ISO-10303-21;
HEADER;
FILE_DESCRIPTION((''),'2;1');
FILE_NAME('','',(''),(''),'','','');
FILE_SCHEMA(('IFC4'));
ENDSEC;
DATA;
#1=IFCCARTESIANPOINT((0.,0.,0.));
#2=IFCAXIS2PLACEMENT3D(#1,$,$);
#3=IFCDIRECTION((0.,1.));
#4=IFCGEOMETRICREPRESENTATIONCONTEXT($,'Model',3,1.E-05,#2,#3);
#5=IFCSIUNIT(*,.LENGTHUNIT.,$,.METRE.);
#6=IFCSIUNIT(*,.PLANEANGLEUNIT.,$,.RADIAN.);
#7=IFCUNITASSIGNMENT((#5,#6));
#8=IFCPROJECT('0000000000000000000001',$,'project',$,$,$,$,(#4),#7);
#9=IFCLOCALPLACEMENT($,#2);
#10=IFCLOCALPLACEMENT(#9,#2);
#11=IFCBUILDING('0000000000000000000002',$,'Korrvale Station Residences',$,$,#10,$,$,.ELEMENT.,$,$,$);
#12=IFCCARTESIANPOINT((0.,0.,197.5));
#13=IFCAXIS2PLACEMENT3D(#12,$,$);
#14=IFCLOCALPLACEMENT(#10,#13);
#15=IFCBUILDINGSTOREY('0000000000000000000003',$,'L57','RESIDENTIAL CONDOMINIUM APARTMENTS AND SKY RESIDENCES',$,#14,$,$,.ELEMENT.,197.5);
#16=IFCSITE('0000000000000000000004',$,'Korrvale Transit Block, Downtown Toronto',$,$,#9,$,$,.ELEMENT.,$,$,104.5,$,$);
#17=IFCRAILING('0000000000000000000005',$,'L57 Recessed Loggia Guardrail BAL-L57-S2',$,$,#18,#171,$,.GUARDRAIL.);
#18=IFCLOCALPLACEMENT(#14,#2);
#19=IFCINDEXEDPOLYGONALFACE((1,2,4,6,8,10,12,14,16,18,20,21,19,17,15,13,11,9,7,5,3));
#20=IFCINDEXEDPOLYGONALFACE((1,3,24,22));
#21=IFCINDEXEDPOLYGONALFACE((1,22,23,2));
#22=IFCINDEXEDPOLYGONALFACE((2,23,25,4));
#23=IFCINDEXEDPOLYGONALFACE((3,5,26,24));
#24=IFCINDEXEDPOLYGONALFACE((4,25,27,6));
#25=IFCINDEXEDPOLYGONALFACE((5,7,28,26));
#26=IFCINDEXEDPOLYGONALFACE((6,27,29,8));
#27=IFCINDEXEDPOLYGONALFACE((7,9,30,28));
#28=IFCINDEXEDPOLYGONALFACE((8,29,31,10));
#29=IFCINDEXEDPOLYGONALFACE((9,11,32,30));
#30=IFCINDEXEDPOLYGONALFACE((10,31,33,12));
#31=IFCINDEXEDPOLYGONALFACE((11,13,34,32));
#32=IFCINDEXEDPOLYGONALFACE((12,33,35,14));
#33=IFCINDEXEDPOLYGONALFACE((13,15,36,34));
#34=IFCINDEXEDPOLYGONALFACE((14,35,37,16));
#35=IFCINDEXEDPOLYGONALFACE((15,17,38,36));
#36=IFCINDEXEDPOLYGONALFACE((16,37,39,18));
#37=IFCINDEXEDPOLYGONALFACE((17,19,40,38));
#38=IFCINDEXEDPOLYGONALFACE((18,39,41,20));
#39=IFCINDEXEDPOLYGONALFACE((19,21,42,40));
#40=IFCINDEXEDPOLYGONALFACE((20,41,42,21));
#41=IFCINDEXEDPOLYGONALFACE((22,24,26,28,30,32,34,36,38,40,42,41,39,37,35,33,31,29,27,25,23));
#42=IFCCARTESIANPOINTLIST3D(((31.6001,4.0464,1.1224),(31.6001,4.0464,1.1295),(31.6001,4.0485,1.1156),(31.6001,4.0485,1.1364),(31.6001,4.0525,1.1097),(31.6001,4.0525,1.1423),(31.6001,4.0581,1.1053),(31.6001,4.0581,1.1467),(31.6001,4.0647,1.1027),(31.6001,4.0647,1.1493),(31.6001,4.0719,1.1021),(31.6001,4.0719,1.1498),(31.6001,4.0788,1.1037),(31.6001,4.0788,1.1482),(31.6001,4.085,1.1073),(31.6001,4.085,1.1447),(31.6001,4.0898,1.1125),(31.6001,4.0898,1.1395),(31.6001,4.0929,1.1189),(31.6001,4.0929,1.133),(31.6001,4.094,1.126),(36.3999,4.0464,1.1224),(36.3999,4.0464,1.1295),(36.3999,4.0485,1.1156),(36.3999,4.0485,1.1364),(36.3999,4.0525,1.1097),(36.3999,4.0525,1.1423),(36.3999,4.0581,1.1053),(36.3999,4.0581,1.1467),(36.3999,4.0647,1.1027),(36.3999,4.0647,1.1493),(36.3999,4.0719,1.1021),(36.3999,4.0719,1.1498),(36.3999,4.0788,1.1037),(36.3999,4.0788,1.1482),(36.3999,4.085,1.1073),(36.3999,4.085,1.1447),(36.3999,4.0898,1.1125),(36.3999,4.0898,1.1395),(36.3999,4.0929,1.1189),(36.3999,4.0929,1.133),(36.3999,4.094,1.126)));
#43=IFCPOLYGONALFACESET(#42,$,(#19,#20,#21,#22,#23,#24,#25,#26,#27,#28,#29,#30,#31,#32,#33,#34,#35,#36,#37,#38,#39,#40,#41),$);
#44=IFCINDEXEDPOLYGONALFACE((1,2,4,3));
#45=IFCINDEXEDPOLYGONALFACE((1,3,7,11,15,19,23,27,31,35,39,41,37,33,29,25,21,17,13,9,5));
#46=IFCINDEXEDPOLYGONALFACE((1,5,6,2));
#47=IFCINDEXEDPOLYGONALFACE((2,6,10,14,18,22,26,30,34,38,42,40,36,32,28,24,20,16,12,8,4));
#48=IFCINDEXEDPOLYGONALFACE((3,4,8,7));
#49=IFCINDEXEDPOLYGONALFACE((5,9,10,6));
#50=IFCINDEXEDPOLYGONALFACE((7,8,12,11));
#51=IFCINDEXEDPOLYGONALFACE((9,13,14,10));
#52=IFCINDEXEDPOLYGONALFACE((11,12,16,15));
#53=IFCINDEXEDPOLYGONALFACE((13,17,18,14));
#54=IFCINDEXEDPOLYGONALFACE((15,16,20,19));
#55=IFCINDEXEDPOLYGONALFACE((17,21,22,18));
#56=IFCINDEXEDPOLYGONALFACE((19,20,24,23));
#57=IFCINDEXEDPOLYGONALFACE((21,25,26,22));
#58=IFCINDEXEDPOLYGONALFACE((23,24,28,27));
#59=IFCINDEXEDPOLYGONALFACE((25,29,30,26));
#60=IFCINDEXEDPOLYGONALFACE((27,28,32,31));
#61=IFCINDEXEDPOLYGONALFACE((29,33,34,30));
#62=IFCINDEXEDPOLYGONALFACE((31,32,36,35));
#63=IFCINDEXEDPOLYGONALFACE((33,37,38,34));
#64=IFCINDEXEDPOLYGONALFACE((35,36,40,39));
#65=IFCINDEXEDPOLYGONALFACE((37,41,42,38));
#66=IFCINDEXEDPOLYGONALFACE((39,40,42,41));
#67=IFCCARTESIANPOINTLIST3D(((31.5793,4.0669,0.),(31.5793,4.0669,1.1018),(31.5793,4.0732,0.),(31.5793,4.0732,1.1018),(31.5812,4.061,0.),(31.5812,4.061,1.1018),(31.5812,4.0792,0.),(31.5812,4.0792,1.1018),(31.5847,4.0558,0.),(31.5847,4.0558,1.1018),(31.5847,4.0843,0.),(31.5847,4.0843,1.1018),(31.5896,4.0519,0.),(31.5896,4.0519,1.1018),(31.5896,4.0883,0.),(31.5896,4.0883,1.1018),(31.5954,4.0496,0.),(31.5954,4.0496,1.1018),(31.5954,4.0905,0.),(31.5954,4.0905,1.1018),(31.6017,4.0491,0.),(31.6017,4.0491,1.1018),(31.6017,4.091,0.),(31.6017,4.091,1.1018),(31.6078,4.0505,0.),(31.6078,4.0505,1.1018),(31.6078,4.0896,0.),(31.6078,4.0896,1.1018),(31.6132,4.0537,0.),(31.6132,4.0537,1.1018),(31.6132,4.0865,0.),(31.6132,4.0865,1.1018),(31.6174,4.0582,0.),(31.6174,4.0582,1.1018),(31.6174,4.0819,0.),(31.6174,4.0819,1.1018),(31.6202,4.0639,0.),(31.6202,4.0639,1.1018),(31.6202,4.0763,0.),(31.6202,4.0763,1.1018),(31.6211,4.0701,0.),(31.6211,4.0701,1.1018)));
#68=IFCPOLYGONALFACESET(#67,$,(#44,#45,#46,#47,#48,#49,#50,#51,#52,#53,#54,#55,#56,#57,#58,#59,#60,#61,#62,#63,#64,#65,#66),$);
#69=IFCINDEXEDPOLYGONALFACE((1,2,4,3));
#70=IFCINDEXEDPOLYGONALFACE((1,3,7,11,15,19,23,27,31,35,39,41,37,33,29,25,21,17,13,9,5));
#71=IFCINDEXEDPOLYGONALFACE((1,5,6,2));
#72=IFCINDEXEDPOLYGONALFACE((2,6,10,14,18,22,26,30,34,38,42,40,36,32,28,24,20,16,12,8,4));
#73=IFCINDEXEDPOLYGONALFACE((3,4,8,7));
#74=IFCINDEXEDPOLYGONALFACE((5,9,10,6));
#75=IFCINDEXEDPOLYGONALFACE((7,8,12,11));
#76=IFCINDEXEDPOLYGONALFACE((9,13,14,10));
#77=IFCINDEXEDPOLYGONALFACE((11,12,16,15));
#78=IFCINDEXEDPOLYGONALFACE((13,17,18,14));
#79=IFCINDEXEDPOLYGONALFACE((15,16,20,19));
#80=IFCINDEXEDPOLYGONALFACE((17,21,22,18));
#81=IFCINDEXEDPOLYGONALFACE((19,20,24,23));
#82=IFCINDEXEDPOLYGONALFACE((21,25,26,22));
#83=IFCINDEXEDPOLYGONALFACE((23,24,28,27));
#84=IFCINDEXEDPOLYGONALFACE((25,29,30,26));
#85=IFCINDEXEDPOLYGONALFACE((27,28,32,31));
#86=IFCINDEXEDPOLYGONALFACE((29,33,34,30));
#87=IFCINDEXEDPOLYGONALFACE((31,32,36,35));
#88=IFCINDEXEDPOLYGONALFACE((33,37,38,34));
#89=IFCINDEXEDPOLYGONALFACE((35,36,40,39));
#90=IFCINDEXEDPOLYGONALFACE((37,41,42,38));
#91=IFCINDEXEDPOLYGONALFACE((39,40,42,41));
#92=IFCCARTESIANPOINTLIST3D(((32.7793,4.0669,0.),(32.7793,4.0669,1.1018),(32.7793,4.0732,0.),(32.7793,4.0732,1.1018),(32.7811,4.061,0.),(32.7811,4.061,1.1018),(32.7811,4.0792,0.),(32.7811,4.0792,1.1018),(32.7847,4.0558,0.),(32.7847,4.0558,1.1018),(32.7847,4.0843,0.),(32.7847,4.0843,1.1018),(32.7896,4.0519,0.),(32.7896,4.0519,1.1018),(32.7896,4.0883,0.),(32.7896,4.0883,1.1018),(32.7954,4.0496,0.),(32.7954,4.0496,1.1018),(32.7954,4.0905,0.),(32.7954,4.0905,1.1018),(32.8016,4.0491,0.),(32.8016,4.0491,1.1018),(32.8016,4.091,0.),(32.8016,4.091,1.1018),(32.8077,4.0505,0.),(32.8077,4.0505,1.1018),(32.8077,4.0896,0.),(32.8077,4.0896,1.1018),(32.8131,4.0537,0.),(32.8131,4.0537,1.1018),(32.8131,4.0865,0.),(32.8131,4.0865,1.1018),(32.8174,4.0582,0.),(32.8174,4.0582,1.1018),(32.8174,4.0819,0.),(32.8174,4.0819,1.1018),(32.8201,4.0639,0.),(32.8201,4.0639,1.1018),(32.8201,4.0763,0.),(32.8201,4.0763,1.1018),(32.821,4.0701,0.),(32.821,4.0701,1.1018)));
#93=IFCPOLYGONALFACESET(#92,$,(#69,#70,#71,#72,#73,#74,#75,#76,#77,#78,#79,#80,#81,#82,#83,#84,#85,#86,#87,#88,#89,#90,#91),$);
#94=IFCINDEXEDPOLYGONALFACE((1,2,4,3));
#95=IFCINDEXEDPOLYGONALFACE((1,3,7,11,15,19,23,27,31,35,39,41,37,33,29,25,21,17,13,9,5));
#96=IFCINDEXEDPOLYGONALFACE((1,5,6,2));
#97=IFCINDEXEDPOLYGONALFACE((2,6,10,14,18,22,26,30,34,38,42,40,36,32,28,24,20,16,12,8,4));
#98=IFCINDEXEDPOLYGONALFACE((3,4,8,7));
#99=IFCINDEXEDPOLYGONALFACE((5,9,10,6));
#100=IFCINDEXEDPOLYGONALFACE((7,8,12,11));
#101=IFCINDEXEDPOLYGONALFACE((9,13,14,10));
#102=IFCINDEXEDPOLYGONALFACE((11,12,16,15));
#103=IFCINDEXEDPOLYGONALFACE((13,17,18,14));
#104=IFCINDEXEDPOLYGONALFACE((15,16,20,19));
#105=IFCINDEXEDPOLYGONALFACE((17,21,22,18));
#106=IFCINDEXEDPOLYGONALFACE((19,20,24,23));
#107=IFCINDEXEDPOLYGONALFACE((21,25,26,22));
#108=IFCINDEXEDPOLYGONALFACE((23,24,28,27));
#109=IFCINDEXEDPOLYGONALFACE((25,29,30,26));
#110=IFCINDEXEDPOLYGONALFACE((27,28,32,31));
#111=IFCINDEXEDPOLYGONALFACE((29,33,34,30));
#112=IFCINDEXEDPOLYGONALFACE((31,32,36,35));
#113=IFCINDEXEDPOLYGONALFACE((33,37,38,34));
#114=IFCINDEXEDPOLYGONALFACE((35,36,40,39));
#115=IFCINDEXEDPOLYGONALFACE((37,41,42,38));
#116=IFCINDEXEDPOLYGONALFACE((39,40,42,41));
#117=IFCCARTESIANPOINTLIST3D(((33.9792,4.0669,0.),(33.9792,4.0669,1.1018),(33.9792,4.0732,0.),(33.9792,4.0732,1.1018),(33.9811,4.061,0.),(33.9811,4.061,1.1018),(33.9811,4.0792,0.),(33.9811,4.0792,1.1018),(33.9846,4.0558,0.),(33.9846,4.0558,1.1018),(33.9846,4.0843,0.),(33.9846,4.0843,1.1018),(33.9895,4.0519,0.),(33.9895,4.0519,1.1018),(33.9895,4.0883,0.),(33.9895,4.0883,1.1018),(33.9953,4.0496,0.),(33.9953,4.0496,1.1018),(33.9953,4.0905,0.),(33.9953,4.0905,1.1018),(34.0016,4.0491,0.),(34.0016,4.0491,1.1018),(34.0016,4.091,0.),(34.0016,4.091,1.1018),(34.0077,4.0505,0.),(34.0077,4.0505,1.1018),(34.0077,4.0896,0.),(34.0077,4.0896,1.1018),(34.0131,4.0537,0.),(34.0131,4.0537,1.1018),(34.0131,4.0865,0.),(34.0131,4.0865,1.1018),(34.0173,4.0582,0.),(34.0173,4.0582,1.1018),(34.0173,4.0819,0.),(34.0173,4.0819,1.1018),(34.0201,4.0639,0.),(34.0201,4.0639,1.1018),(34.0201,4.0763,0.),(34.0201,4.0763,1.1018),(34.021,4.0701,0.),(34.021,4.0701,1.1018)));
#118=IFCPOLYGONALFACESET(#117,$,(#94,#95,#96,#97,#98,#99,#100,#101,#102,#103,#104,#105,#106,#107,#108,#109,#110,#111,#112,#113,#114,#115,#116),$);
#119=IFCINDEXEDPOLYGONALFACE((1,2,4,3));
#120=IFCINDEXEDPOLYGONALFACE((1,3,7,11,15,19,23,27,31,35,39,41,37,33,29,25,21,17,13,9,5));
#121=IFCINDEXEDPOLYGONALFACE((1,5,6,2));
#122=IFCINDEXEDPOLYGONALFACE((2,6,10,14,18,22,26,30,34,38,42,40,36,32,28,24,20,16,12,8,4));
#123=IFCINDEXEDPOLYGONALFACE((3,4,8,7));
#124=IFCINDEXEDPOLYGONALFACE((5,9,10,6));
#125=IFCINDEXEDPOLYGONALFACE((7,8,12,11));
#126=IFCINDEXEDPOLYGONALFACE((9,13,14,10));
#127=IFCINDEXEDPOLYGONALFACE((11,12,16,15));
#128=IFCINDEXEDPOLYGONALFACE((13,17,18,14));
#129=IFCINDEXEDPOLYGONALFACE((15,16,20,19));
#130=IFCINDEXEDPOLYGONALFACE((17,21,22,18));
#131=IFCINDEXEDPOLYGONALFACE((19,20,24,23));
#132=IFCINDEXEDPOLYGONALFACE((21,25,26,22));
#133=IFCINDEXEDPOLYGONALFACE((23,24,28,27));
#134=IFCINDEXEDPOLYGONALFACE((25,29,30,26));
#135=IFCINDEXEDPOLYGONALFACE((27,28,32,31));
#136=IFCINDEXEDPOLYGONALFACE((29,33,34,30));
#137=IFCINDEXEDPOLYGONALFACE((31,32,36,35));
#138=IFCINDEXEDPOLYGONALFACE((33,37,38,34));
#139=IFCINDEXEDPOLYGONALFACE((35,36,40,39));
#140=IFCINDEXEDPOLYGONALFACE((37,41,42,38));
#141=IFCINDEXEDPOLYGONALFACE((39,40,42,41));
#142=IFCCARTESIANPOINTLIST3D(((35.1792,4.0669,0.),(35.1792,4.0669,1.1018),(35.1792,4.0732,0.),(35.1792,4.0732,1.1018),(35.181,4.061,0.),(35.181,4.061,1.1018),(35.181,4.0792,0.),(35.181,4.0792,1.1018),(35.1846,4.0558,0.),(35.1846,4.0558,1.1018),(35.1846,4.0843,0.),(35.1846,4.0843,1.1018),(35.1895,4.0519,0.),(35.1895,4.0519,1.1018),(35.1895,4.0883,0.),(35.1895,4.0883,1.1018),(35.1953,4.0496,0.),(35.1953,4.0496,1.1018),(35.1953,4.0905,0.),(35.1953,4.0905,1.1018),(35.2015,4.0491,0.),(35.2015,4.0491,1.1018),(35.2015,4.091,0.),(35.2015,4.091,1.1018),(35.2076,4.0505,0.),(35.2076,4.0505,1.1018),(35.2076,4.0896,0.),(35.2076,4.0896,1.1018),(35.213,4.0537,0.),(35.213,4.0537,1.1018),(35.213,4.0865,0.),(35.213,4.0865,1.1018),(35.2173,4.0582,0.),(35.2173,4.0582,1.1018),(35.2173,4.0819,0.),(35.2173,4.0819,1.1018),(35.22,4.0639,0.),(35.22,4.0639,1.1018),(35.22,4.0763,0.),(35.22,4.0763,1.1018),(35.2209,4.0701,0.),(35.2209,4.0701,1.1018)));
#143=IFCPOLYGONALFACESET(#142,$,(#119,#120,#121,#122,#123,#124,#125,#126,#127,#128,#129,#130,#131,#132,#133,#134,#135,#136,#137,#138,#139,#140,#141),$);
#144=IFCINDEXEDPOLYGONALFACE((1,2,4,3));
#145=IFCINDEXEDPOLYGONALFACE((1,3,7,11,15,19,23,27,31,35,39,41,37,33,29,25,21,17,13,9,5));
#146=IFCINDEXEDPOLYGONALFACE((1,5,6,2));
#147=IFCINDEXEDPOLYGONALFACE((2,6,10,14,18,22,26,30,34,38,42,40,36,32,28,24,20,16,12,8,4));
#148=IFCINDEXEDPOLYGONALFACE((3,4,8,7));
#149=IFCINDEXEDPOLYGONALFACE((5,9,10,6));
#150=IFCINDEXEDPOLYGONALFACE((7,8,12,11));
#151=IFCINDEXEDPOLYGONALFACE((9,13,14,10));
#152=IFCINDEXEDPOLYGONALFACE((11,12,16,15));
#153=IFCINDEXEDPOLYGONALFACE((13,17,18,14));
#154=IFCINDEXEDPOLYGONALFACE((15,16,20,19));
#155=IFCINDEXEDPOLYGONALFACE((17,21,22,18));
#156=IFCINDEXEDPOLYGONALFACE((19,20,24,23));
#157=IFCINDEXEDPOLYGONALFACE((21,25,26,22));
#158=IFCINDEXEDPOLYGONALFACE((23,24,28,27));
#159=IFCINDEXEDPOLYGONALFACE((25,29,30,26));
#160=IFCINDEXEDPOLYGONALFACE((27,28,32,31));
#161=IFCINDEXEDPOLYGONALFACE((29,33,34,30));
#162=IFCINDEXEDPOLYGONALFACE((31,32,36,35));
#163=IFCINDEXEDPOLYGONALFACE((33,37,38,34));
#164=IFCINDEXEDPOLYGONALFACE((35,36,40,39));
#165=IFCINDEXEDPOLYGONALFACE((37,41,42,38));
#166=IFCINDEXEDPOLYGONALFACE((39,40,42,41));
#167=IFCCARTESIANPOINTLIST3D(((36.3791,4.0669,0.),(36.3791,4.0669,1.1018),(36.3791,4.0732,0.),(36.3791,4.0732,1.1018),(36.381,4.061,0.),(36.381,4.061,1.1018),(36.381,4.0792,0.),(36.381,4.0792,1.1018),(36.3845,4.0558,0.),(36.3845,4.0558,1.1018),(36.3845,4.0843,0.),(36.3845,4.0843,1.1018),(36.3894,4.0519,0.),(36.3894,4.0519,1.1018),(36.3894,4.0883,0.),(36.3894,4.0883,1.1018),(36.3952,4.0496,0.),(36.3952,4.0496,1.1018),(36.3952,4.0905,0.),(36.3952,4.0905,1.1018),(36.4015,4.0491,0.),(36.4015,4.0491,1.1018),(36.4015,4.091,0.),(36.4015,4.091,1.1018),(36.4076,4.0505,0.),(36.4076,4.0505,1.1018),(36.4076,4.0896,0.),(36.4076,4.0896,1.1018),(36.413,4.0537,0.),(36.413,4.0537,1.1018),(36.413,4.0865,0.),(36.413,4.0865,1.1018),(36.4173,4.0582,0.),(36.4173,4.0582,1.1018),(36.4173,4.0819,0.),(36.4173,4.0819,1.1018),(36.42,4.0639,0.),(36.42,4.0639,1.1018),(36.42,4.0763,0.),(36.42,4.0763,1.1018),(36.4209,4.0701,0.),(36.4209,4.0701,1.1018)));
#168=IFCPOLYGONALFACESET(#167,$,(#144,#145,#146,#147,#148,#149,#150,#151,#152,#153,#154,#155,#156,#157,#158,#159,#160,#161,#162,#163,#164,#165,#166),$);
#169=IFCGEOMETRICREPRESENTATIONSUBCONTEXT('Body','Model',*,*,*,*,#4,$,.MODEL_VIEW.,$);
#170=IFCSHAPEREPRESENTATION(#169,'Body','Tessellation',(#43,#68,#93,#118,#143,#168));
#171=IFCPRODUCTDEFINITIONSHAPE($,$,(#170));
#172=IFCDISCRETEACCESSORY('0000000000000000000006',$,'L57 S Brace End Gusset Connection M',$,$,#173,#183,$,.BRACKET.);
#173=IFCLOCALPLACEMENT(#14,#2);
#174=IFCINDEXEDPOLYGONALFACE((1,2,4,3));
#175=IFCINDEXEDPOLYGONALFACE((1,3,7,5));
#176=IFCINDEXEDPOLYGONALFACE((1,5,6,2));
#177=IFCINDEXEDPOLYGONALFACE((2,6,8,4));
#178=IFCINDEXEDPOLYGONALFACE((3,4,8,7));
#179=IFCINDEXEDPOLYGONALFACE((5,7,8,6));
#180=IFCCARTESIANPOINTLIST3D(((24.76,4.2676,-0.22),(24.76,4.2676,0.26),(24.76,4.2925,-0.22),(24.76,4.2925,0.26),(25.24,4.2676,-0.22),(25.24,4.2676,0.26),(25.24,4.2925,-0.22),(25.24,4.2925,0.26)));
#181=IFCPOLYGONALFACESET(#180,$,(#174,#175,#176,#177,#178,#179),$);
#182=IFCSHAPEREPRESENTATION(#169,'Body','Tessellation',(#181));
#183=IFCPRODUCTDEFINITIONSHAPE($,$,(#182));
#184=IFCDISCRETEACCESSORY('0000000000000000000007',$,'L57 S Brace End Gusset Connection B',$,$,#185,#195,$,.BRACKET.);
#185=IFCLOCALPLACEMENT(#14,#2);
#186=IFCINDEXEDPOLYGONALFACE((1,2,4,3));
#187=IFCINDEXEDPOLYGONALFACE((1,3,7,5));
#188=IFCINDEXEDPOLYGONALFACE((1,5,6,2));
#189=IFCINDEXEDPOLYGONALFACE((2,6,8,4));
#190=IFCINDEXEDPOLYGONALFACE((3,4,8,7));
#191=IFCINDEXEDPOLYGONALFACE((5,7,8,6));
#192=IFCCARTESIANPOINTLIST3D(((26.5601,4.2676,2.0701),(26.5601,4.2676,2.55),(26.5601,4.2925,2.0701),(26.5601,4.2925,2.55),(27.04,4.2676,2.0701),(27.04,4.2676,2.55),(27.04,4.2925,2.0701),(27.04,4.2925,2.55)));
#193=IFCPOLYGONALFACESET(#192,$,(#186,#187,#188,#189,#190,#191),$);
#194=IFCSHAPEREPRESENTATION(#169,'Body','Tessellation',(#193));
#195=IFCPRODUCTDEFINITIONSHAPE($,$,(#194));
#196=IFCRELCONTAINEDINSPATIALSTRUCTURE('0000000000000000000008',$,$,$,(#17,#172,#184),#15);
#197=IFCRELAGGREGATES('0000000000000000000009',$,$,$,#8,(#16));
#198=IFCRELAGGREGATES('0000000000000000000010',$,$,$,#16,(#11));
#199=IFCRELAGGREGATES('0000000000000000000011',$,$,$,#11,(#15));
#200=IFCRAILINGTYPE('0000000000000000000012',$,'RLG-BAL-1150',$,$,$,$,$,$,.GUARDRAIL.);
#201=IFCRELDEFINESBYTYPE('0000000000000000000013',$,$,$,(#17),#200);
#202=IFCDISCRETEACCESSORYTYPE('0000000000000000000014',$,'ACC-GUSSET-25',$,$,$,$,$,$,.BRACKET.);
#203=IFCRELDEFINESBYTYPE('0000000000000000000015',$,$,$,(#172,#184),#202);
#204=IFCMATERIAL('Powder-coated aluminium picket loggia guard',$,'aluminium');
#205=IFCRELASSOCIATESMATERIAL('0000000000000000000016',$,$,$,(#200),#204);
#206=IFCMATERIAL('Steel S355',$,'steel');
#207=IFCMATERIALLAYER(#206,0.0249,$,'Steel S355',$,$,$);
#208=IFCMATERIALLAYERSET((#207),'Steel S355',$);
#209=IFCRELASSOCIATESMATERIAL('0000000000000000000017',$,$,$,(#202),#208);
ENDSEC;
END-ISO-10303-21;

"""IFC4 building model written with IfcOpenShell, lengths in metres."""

from ifc_helpers import new_model, si_unit, direction, frame, origin, origin_2d, place, context, subcontext, project, spatial, rectangle, circle, extrude, material, layer, layer_set, type_object, element, save


model = new_model("IFC4")

# Units and contexts
model_context = context("Model", 3, precision=1e-05, world=origin(), true_north=direction((0.0, 1.0)))
body_context = subcontext(model_context, "Body", "Model", "MODEL_VIEW")
ifc_project = project(units=[si_unit("LENGTHUNIT", "METRE"), si_unit("PLANEANGLEUNIT", "RADIAN")], contexts=[model_context])

# Site, building, storey
site_placement = place(None, origin())
site = spatial("IfcSite", under=ifc_project, at=site_placement, Name="Korrvale Transit Block, Downtown Toronto", CompositionType="ELEMENT", RefElevation=104.5)
building_placement = place(site_placement, origin())
building = spatial("IfcBuilding", under=site, at=building_placement, Name="Korrvale Station Residences", CompositionType="ELEMENT")
storey_placement = place(building_placement, frame((0.0, 0.0, 197.5)))
storey = spatial("IfcBuildingStorey", under=building, at=storey_placement, Name="L57", Description="RESIDENTIAL CONDOMINIUM APARTMENTS AND SKY RESIDENCES", CompositionType="ELEMENT", Elevation=197.5)

# Shared definitions
ifc_material_1 = material(Name="Steel S355", Category="steel")

# Railing
ifc_material_2 = material(Name="Powder-coated aluminium picket loggia guard", Category="aluminium")
railing_type = type_object("IfcRailingType", Name="RLG-BAL-1150", PredefinedType="GUARDRAIL", material=ifc_material_2)
railing_placement = place(storey_placement, frame((31.6001, 4.0701, 0.0)))
element("IfcRailing", 1, at=railing_placement, inside=storey, type_object=railing_type, Name="L57 Recessed Loggia Guardrail BAL-L57-S2", PredefinedType="GUARDRAIL", context=body_context, shape_type="SweptSolid", body=[
    extrude(circle(Radius=0.0239, at=origin_2d()), frame((0.0, 0.0, 1.126), z_axis=(1.0, 0.0, 0.0), x_axis=(0.0, 1.0, 0.0)), (0.0, 0.0, 1.0), 4.7998),
    extrude(circle(Radius=0.021, at=origin_2d()), origin(), (0.0, 0.0, 1.0), 1.1018),
    extrude(circle(Radius=0.021, at=origin_2d()), frame((1.2, 0.0, 0.0)), (0.0, 0.0, 1.0), 1.1018),
    extrude(circle(Radius=0.021, at=origin_2d()), frame((2.3999, 0.0, 0.0)), (0.0, 0.0, 1.0), 1.1018),
    extrude(circle(Radius=0.021, at=origin_2d()), frame((3.5999, 0.0, 0.0)), (0.0, 0.0, 1.0), 1.1018),
    extrude(circle(Radius=0.021, at=origin_2d()), frame((4.7998, 0.0, 0.0)), (0.0, 0.0, 1.0), 1.1018),
])

# Discrete accessories
ifc_layer_1 = layer(ifc_material_1, 0.0249, Name="Steel S355")
ifc_layer_set_1 = layer_set([ifc_layer_1], Name="Steel S355")
discrete_accessory_type = type_object("IfcDiscreteAccessoryType", Name="ACC-GUSSET-25", PredefinedType="BRACKET", material=ifc_layer_set_1)
for number, where, z_axis, x_axis, name in (
    (2, (25.0, 4.28, -0.22), (0.0, 0.0, 1.0), (1.0, 0.0, 0.0), "L57 S Brace End Gusset Connection M"),
    (3, (26.8, 4.28, 2.0701), (0.0, 0.0, 1.0), (1.0, 0.0, 0.0), "L57 S Brace End Gusset Connection B"),
):
    element("IfcDiscreteAccessory", number, at=place(storey_placement, frame(where, z_axis=z_axis, x_axis=x_axis)), inside=storey, type_object=discrete_accessory_type, Name=name, PredefinedType="BRACKET", context=body_context, shape_type="SweptSolid", body=[
        extrude(rectangle(XDim=0.48, YDim=0.0249, at=origin_2d()), origin(), (0.0, 0.0, 1.0), 0.48),
    ])

save(model, "model.ifc")
